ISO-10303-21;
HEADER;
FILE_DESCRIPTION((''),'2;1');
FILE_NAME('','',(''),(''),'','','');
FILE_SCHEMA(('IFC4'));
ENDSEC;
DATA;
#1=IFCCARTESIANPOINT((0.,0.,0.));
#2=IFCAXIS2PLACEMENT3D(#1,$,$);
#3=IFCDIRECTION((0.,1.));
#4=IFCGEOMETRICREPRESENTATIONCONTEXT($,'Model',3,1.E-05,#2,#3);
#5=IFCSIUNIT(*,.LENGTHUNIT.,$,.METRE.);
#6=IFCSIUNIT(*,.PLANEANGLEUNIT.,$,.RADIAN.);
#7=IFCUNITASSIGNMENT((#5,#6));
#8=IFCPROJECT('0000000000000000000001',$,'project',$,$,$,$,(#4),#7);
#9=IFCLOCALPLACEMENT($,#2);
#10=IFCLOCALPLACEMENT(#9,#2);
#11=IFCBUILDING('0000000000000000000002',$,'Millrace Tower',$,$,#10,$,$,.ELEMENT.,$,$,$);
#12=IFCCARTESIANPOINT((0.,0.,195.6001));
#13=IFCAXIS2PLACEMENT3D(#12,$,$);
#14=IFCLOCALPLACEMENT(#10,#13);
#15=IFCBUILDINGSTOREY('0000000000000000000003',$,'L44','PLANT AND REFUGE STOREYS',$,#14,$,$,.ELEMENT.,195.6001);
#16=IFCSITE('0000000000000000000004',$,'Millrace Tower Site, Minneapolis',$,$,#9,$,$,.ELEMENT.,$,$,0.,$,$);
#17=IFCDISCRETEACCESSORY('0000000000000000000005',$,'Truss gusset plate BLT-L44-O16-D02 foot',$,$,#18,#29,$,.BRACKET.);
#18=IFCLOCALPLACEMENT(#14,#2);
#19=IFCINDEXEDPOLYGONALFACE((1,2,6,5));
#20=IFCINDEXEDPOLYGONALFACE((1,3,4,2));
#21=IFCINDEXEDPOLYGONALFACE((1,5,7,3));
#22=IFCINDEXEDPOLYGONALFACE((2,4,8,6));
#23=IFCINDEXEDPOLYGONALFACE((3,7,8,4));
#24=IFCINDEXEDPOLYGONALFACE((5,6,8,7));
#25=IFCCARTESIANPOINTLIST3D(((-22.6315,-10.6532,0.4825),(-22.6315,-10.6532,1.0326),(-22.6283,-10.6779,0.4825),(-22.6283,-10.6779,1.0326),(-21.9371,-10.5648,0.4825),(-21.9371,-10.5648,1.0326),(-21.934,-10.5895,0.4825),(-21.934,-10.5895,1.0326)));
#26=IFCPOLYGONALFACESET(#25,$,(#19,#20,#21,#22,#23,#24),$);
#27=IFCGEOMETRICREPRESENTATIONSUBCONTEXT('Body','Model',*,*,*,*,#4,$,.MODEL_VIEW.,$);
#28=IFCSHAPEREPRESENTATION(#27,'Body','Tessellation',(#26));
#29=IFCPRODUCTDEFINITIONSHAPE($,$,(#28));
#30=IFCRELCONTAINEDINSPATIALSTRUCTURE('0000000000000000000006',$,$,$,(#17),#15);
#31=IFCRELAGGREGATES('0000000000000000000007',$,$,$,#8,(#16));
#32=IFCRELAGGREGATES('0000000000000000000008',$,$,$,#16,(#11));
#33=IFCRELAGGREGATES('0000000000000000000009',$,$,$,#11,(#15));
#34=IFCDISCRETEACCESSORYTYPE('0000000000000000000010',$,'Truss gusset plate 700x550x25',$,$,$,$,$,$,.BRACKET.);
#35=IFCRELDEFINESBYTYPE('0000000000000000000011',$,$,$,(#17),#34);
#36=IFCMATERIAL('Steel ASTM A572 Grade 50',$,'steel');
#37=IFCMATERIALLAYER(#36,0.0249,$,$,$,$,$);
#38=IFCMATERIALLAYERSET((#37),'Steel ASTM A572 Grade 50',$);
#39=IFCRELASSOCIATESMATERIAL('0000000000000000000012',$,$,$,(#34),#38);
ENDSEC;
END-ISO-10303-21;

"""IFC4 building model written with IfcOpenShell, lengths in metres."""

from ifc_helpers import new_model, si_unit, direction, frame, origin, origin_2d, place, context, subcontext, project, spatial, rectangle, extrude, material, layer, layer_set, type_object, element, save


model = new_model("IFC4")

# Units and contexts
model_context = context("Model", 3, precision=1e-05, world=origin(), true_north=direction((0.0, 1.0)))
body_context = subcontext(model_context, "Body", "Model", "MODEL_VIEW")
ifc_project = project(units=[si_unit("LENGTHUNIT", "METRE"), si_unit("PLANEANGLEUNIT", "RADIAN")], contexts=[model_context])

# Site, building, storey
site_placement = place(None, origin())
site = spatial("IfcSite", under=ifc_project, at=site_placement, Name="Millrace Tower Site, Minneapolis", CompositionType="ELEMENT", RefElevation=0.0)
building_placement = place(site_placement, origin())
building = spatial("IfcBuilding", under=site, at=building_placement, Name="Millrace Tower", CompositionType="ELEMENT")
storey_placement = place(building_placement, frame((0.0, 0.0, 195.6001)))
storey = spatial("IfcBuildingStorey", under=building, at=storey_placement, Name="L44", Description="PLANT AND REFUGE STOREYS", CompositionType="ELEMENT", Elevation=195.6001)

# Discrete accessory
ifc_material_1 = material(Name="Steel ASTM A572 Grade 50", Category="steel")
ifc_layer_1 = layer(ifc_material_1, 0.0249)
ifc_layer_set_1 = layer_set([ifc_layer_1], Name="Steel ASTM A572 Grade 50")
discrete_accessory_type = type_object("IfcDiscreteAccessoryType", Name="Truss gusset plate 700x550x25", PredefinedType="BRACKET", material=ifc_layer_set_1)
for number, where, z_axis, x_axis, name in (
    (1, (-22.6299, -10.6655, 0.7576), (0.991996, 0.126267, 0.0), (-0.126267, 0.991996, 0.0), "Truss gusset plate BLT-L44-O16-D02 foot"),
):
    element("IfcDiscreteAccessory", number, at=place(storey_placement, frame(where, z_axis=z_axis, x_axis=x_axis)), inside=storey, type_object=discrete_accessory_type, Name=name, PredefinedType="BRACKET", context=body_context, shape_type="SweptSolid", body=[
        extrude(rectangle(XDim=0.0249, YDim=0.55, at=origin_2d()), origin(), (0.0, 0.0, 1.0), 0.7),
    ])

save(model, "model.ifc")
